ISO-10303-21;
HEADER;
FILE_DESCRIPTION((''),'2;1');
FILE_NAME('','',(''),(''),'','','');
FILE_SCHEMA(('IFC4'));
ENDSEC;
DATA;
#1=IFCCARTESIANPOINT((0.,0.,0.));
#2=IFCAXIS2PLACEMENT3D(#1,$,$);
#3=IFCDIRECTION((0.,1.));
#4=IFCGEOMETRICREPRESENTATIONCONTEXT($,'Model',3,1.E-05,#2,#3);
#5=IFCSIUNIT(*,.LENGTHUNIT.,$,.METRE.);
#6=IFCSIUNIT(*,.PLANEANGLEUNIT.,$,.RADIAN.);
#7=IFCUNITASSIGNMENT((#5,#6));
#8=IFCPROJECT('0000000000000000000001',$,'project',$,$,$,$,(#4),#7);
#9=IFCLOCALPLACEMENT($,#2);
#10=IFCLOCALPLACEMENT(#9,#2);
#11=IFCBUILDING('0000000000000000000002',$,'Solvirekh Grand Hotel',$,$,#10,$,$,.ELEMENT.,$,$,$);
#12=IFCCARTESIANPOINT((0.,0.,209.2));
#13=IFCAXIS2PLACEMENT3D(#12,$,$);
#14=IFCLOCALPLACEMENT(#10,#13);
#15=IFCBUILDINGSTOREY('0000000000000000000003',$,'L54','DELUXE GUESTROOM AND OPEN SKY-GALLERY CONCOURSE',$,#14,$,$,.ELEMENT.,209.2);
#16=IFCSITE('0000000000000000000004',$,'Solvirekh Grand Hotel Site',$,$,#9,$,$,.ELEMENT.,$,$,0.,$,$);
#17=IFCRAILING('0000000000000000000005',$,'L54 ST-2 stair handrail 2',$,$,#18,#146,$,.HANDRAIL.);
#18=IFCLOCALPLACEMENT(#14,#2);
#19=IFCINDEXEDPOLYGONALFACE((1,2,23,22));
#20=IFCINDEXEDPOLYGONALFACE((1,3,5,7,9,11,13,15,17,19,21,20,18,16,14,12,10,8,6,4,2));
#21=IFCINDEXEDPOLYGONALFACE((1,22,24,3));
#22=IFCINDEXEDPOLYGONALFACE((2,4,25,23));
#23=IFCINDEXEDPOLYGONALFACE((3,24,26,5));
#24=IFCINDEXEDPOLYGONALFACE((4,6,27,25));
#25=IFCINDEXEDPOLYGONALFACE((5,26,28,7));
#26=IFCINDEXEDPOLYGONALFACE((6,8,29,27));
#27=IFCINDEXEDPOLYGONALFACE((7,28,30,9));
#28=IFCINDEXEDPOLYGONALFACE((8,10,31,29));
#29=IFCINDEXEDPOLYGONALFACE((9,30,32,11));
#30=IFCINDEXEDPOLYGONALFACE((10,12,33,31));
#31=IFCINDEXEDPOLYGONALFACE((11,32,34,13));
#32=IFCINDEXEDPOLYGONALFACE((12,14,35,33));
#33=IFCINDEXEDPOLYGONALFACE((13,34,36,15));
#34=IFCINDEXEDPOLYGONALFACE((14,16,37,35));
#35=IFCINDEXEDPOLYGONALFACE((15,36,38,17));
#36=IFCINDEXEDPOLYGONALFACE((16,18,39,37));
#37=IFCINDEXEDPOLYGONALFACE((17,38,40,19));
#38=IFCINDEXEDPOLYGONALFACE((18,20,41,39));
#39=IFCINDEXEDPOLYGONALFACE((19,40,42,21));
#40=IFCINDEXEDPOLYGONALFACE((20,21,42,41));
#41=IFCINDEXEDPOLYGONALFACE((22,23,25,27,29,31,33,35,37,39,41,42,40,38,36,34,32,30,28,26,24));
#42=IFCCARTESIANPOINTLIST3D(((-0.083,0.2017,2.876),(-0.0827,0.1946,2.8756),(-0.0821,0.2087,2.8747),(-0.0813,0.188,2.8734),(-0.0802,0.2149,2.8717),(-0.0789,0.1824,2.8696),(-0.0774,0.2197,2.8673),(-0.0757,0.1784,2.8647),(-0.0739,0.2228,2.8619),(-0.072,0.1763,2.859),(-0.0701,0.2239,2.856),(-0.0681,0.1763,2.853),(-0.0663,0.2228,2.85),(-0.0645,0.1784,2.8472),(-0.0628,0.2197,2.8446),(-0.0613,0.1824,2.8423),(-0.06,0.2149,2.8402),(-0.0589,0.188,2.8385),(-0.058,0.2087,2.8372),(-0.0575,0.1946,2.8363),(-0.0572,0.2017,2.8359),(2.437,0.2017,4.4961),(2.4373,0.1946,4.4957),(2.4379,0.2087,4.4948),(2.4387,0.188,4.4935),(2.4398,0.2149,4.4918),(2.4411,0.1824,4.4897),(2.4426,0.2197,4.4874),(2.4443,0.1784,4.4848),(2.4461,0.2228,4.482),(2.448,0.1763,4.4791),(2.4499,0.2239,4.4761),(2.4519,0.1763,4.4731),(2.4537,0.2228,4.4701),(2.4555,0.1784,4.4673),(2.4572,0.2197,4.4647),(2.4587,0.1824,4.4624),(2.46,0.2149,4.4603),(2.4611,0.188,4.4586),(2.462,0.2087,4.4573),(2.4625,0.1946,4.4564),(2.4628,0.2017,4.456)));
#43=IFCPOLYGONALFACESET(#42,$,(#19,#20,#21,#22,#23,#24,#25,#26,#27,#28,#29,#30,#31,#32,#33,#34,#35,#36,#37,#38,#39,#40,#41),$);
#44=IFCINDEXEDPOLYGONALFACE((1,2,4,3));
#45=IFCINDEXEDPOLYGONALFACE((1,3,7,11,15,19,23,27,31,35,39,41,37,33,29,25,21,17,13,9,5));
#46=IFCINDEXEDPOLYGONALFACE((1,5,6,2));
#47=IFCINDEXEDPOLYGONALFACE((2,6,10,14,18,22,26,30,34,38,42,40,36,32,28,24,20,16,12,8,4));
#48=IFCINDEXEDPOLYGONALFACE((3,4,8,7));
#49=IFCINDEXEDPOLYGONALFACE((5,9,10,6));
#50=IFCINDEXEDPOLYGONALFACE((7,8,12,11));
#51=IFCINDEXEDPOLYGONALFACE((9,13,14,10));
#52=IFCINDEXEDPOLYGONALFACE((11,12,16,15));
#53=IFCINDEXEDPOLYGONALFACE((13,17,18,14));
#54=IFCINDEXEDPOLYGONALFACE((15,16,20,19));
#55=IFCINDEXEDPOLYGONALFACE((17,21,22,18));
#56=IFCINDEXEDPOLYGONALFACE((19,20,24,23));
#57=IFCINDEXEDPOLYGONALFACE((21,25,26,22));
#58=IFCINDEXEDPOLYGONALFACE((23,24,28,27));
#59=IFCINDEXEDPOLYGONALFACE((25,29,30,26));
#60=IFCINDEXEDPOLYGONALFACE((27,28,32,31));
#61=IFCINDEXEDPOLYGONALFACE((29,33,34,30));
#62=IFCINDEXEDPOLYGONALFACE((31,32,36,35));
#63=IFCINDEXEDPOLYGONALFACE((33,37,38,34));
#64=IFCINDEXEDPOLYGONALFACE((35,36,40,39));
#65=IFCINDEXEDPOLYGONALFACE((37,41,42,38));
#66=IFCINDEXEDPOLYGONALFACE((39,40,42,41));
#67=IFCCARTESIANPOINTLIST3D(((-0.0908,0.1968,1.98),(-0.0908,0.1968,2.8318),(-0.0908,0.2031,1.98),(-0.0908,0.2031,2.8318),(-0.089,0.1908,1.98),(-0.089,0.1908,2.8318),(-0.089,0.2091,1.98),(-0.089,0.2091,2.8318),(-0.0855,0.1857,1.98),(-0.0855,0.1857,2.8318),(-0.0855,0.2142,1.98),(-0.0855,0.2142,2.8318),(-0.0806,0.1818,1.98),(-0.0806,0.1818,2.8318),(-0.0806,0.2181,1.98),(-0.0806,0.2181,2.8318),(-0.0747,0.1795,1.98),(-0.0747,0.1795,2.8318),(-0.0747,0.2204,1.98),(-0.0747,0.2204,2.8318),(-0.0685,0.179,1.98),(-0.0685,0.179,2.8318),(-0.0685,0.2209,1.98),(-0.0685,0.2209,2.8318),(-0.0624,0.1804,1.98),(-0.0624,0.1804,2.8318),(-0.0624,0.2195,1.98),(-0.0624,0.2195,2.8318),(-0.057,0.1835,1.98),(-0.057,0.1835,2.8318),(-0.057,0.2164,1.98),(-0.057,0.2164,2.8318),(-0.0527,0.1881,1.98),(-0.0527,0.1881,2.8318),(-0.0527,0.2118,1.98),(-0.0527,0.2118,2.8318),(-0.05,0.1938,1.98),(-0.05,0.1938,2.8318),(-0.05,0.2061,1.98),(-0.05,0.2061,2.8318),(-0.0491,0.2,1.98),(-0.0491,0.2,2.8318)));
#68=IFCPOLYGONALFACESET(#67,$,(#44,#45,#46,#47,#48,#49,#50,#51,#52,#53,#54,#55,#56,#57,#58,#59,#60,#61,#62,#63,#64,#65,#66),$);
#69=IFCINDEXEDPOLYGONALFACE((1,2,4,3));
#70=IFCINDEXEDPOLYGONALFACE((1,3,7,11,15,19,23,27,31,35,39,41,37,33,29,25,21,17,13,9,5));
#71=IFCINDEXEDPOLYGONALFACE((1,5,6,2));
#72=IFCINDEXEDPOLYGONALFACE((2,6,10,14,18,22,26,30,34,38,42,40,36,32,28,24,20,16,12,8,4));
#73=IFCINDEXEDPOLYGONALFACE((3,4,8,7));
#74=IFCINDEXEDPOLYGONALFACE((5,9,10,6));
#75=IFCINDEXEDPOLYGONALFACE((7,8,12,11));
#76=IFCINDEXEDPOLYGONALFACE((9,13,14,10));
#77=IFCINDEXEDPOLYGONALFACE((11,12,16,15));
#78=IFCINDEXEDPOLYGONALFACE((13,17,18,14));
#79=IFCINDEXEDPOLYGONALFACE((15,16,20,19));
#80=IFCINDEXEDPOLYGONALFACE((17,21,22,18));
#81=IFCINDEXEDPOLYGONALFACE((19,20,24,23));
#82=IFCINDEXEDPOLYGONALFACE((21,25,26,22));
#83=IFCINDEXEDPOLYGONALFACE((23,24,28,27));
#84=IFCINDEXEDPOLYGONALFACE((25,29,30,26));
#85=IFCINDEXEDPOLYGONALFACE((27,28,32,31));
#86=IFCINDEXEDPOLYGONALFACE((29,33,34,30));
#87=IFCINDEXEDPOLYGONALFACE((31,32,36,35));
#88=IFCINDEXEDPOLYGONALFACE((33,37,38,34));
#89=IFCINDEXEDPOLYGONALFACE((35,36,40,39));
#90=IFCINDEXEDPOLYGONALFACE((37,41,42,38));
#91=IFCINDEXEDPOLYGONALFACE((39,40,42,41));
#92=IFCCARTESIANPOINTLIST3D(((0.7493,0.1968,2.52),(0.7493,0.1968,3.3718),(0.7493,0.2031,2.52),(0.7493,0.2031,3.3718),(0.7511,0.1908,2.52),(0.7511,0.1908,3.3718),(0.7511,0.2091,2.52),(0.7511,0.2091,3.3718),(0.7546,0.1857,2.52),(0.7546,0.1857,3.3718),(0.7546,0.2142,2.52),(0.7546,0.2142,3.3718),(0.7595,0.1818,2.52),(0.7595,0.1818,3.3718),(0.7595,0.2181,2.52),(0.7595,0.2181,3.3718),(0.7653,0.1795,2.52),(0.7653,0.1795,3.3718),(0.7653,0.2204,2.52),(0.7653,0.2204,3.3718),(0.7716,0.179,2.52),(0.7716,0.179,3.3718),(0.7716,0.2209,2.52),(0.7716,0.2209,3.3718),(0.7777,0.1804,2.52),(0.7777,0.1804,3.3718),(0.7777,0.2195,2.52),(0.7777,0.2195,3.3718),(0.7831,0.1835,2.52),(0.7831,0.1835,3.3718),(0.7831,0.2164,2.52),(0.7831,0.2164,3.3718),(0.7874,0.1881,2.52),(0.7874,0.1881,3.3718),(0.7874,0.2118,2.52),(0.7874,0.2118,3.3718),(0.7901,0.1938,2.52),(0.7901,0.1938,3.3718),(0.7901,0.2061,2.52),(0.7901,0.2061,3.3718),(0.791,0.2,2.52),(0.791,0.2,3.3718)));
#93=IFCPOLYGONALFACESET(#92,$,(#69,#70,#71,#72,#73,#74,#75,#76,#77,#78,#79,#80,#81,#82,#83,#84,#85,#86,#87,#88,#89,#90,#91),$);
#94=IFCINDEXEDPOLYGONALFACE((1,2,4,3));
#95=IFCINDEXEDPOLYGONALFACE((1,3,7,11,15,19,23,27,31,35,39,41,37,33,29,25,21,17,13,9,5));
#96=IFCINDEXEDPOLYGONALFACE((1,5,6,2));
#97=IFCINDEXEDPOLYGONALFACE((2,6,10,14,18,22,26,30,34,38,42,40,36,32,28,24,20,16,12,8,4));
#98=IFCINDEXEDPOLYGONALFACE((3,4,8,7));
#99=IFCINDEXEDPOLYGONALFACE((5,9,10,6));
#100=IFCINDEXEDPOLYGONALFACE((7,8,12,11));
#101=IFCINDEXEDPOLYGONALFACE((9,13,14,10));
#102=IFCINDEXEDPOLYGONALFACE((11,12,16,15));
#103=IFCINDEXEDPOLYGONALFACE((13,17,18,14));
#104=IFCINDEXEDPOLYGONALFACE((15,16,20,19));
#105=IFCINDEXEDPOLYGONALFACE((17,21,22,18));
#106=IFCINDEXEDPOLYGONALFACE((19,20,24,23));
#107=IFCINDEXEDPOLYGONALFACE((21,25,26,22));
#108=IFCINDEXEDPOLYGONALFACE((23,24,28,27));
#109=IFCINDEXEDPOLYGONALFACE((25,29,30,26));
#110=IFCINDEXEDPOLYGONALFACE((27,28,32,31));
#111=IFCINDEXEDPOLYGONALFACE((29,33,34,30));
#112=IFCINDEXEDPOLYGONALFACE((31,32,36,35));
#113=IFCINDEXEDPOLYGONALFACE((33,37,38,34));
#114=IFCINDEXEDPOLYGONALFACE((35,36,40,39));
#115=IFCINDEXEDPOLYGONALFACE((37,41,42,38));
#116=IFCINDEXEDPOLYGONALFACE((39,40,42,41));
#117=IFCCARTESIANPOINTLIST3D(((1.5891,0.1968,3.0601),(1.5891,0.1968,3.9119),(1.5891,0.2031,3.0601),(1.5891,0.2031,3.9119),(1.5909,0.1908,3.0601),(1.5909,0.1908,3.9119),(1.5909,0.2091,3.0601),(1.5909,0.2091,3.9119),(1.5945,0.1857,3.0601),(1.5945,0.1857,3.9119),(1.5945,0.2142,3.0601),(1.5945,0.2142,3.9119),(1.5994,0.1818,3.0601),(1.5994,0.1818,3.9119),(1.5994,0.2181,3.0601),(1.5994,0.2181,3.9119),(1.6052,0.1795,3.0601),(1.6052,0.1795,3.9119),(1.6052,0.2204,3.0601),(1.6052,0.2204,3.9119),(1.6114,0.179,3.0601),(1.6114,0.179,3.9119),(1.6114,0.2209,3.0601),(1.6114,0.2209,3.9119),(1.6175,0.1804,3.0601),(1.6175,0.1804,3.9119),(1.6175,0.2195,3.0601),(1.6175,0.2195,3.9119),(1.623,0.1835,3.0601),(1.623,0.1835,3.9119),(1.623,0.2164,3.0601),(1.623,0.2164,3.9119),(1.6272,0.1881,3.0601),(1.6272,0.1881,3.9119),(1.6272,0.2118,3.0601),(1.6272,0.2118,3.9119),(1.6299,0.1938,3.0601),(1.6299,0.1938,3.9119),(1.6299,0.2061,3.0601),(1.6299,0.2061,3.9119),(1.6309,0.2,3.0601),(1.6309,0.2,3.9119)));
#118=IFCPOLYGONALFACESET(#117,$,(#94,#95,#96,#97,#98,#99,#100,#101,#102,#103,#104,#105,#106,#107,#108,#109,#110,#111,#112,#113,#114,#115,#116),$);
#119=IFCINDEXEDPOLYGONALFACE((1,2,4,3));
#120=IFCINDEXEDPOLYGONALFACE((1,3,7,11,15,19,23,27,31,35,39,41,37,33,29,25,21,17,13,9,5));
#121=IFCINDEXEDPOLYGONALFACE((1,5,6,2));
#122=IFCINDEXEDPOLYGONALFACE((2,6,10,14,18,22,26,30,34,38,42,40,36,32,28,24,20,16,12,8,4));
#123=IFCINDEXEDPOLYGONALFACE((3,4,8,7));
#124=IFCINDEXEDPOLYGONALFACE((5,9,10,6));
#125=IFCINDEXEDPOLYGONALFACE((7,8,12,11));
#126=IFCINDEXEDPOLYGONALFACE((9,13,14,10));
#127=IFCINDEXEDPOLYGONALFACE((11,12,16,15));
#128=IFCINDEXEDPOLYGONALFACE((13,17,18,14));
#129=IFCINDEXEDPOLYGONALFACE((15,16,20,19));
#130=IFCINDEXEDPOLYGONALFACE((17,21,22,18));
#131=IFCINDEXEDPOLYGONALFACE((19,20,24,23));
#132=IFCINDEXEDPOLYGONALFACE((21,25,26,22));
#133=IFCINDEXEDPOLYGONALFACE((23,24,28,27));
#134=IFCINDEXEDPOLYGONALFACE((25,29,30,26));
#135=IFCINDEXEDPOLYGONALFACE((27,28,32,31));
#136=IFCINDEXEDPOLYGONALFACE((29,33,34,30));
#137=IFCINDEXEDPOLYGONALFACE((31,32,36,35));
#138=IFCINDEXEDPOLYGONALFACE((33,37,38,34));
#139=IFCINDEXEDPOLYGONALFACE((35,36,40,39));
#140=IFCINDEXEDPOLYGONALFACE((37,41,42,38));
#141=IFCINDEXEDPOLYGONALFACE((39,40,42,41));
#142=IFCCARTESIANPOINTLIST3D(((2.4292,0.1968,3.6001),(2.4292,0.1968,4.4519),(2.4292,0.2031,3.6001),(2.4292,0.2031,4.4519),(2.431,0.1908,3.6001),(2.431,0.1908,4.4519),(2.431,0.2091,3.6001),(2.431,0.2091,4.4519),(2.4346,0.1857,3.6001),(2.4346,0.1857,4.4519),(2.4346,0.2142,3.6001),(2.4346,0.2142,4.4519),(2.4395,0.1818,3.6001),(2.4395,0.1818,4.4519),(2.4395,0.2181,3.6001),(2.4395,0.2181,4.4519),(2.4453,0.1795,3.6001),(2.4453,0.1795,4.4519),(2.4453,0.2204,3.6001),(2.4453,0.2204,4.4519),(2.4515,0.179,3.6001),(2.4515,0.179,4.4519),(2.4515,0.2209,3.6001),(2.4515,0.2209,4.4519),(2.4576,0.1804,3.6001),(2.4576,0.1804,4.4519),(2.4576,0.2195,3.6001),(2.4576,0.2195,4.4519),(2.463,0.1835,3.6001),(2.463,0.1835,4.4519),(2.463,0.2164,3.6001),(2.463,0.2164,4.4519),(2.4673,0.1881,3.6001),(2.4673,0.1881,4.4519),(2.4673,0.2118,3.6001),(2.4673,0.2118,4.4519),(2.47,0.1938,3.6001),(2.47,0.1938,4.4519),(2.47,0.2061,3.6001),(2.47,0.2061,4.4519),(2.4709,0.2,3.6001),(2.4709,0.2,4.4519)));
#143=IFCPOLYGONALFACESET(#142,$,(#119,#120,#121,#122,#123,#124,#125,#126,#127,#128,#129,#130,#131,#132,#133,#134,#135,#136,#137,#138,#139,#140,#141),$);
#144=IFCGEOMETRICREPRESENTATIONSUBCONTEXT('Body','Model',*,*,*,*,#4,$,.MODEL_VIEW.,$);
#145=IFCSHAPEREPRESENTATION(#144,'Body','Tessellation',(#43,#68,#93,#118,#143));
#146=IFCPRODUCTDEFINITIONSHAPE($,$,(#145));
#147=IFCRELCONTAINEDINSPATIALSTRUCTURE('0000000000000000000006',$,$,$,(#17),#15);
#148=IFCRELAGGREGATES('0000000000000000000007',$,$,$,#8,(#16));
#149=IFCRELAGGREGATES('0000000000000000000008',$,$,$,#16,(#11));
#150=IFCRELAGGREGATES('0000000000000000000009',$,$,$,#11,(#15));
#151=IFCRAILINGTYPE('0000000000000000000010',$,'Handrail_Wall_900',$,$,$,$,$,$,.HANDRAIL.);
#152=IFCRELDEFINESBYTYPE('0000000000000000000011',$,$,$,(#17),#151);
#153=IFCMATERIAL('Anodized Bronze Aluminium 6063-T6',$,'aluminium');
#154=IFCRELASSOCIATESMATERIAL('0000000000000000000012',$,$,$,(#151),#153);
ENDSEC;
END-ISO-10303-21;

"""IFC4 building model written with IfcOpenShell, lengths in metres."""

from ifc_helpers import new_model, si_unit, direction, frame, origin, origin_2d, place, context, subcontext, project, spatial, circle, extrude, material, type_object, element, save


model = new_model("IFC4")

# Units and contexts
model_context = context("Model", 3, precision=1e-05, world=origin(), true_north=direction((0.0, 1.0)))
body_context = subcontext(model_context, "Body", "Model", "MODEL_VIEW")
ifc_project = project(units=[si_unit("LENGTHUNIT", "METRE"), si_unit("PLANEANGLEUNIT", "RADIAN")], contexts=[model_context])

# Site, building, storey
site_placement = place(None, origin())
site = spatial("IfcSite", under=ifc_project, at=site_placement, Name="Solvirekh Grand Hotel Site", CompositionType="ELEMENT", RefElevation=0.0)
building_placement = place(site_placement, origin())
building = spatial("IfcBuilding", under=site, at=building_placement, Name="Solvirekh Grand Hotel", CompositionType="ELEMENT")
storey_placement = place(building_placement, frame((0.0, 0.0, 209.2)))
storey = spatial("IfcBuildingStorey", under=building, at=storey_placement, Name="L54", Description="DELUXE GUESTROOM AND OPEN SKY-GALLERY CONCOURSE", CompositionType="ELEMENT", Elevation=209.2)

# Shared definitions
ifc_material_1 = material(Name="Anodized Bronze Aluminium 6063-T6", Category="aluminium")

# Railing
railing_type_1 = type_object("IfcRailingType", Name="Handrail_Wall_900", PredefinedType="HANDRAIL", material=ifc_material_1)
railing_1_placement = place(storey_placement, frame((-0.0701, 0.2, 1.98)))
element("IfcRailing", 1, at=railing_1_placement, inside=storey, type_object=railing_type_1, Name="L54 ST-2 stair handrail 2", PredefinedType="HANDRAIL", context=body_context, shape_type="SweptSolid", body=[
    extrude(circle(Radius=0.0239, at=origin_2d()), frame((0.0, 0.0, 0.876), z_axis=(0.841163, 0.0, 0.540782), x_axis=(0.0, 1.0, 0.0)), (0.0, 0.0, 1.0), 2.9958),
    extrude(circle(Radius=0.021, at=origin_2d()), origin(), (0.0, 0.0, 1.0), 0.8518),
    extrude(circle(Radius=0.021, at=origin_2d()), frame((0.8401, 0.0, 0.54)), (0.0, 0.0, 1.0), 0.8518),
    extrude(circle(Radius=0.021, at=origin_2d()), frame((1.6799, 0.0, 1.0801)), (0.0, 0.0, 1.0), 0.8518),
    extrude(circle(Radius=0.021, at=origin_2d()), frame((2.52, 0.0, 1.6201)), (0.0, 0.0, 1.0), 0.8518),
])

save(model, "model.ifc")
